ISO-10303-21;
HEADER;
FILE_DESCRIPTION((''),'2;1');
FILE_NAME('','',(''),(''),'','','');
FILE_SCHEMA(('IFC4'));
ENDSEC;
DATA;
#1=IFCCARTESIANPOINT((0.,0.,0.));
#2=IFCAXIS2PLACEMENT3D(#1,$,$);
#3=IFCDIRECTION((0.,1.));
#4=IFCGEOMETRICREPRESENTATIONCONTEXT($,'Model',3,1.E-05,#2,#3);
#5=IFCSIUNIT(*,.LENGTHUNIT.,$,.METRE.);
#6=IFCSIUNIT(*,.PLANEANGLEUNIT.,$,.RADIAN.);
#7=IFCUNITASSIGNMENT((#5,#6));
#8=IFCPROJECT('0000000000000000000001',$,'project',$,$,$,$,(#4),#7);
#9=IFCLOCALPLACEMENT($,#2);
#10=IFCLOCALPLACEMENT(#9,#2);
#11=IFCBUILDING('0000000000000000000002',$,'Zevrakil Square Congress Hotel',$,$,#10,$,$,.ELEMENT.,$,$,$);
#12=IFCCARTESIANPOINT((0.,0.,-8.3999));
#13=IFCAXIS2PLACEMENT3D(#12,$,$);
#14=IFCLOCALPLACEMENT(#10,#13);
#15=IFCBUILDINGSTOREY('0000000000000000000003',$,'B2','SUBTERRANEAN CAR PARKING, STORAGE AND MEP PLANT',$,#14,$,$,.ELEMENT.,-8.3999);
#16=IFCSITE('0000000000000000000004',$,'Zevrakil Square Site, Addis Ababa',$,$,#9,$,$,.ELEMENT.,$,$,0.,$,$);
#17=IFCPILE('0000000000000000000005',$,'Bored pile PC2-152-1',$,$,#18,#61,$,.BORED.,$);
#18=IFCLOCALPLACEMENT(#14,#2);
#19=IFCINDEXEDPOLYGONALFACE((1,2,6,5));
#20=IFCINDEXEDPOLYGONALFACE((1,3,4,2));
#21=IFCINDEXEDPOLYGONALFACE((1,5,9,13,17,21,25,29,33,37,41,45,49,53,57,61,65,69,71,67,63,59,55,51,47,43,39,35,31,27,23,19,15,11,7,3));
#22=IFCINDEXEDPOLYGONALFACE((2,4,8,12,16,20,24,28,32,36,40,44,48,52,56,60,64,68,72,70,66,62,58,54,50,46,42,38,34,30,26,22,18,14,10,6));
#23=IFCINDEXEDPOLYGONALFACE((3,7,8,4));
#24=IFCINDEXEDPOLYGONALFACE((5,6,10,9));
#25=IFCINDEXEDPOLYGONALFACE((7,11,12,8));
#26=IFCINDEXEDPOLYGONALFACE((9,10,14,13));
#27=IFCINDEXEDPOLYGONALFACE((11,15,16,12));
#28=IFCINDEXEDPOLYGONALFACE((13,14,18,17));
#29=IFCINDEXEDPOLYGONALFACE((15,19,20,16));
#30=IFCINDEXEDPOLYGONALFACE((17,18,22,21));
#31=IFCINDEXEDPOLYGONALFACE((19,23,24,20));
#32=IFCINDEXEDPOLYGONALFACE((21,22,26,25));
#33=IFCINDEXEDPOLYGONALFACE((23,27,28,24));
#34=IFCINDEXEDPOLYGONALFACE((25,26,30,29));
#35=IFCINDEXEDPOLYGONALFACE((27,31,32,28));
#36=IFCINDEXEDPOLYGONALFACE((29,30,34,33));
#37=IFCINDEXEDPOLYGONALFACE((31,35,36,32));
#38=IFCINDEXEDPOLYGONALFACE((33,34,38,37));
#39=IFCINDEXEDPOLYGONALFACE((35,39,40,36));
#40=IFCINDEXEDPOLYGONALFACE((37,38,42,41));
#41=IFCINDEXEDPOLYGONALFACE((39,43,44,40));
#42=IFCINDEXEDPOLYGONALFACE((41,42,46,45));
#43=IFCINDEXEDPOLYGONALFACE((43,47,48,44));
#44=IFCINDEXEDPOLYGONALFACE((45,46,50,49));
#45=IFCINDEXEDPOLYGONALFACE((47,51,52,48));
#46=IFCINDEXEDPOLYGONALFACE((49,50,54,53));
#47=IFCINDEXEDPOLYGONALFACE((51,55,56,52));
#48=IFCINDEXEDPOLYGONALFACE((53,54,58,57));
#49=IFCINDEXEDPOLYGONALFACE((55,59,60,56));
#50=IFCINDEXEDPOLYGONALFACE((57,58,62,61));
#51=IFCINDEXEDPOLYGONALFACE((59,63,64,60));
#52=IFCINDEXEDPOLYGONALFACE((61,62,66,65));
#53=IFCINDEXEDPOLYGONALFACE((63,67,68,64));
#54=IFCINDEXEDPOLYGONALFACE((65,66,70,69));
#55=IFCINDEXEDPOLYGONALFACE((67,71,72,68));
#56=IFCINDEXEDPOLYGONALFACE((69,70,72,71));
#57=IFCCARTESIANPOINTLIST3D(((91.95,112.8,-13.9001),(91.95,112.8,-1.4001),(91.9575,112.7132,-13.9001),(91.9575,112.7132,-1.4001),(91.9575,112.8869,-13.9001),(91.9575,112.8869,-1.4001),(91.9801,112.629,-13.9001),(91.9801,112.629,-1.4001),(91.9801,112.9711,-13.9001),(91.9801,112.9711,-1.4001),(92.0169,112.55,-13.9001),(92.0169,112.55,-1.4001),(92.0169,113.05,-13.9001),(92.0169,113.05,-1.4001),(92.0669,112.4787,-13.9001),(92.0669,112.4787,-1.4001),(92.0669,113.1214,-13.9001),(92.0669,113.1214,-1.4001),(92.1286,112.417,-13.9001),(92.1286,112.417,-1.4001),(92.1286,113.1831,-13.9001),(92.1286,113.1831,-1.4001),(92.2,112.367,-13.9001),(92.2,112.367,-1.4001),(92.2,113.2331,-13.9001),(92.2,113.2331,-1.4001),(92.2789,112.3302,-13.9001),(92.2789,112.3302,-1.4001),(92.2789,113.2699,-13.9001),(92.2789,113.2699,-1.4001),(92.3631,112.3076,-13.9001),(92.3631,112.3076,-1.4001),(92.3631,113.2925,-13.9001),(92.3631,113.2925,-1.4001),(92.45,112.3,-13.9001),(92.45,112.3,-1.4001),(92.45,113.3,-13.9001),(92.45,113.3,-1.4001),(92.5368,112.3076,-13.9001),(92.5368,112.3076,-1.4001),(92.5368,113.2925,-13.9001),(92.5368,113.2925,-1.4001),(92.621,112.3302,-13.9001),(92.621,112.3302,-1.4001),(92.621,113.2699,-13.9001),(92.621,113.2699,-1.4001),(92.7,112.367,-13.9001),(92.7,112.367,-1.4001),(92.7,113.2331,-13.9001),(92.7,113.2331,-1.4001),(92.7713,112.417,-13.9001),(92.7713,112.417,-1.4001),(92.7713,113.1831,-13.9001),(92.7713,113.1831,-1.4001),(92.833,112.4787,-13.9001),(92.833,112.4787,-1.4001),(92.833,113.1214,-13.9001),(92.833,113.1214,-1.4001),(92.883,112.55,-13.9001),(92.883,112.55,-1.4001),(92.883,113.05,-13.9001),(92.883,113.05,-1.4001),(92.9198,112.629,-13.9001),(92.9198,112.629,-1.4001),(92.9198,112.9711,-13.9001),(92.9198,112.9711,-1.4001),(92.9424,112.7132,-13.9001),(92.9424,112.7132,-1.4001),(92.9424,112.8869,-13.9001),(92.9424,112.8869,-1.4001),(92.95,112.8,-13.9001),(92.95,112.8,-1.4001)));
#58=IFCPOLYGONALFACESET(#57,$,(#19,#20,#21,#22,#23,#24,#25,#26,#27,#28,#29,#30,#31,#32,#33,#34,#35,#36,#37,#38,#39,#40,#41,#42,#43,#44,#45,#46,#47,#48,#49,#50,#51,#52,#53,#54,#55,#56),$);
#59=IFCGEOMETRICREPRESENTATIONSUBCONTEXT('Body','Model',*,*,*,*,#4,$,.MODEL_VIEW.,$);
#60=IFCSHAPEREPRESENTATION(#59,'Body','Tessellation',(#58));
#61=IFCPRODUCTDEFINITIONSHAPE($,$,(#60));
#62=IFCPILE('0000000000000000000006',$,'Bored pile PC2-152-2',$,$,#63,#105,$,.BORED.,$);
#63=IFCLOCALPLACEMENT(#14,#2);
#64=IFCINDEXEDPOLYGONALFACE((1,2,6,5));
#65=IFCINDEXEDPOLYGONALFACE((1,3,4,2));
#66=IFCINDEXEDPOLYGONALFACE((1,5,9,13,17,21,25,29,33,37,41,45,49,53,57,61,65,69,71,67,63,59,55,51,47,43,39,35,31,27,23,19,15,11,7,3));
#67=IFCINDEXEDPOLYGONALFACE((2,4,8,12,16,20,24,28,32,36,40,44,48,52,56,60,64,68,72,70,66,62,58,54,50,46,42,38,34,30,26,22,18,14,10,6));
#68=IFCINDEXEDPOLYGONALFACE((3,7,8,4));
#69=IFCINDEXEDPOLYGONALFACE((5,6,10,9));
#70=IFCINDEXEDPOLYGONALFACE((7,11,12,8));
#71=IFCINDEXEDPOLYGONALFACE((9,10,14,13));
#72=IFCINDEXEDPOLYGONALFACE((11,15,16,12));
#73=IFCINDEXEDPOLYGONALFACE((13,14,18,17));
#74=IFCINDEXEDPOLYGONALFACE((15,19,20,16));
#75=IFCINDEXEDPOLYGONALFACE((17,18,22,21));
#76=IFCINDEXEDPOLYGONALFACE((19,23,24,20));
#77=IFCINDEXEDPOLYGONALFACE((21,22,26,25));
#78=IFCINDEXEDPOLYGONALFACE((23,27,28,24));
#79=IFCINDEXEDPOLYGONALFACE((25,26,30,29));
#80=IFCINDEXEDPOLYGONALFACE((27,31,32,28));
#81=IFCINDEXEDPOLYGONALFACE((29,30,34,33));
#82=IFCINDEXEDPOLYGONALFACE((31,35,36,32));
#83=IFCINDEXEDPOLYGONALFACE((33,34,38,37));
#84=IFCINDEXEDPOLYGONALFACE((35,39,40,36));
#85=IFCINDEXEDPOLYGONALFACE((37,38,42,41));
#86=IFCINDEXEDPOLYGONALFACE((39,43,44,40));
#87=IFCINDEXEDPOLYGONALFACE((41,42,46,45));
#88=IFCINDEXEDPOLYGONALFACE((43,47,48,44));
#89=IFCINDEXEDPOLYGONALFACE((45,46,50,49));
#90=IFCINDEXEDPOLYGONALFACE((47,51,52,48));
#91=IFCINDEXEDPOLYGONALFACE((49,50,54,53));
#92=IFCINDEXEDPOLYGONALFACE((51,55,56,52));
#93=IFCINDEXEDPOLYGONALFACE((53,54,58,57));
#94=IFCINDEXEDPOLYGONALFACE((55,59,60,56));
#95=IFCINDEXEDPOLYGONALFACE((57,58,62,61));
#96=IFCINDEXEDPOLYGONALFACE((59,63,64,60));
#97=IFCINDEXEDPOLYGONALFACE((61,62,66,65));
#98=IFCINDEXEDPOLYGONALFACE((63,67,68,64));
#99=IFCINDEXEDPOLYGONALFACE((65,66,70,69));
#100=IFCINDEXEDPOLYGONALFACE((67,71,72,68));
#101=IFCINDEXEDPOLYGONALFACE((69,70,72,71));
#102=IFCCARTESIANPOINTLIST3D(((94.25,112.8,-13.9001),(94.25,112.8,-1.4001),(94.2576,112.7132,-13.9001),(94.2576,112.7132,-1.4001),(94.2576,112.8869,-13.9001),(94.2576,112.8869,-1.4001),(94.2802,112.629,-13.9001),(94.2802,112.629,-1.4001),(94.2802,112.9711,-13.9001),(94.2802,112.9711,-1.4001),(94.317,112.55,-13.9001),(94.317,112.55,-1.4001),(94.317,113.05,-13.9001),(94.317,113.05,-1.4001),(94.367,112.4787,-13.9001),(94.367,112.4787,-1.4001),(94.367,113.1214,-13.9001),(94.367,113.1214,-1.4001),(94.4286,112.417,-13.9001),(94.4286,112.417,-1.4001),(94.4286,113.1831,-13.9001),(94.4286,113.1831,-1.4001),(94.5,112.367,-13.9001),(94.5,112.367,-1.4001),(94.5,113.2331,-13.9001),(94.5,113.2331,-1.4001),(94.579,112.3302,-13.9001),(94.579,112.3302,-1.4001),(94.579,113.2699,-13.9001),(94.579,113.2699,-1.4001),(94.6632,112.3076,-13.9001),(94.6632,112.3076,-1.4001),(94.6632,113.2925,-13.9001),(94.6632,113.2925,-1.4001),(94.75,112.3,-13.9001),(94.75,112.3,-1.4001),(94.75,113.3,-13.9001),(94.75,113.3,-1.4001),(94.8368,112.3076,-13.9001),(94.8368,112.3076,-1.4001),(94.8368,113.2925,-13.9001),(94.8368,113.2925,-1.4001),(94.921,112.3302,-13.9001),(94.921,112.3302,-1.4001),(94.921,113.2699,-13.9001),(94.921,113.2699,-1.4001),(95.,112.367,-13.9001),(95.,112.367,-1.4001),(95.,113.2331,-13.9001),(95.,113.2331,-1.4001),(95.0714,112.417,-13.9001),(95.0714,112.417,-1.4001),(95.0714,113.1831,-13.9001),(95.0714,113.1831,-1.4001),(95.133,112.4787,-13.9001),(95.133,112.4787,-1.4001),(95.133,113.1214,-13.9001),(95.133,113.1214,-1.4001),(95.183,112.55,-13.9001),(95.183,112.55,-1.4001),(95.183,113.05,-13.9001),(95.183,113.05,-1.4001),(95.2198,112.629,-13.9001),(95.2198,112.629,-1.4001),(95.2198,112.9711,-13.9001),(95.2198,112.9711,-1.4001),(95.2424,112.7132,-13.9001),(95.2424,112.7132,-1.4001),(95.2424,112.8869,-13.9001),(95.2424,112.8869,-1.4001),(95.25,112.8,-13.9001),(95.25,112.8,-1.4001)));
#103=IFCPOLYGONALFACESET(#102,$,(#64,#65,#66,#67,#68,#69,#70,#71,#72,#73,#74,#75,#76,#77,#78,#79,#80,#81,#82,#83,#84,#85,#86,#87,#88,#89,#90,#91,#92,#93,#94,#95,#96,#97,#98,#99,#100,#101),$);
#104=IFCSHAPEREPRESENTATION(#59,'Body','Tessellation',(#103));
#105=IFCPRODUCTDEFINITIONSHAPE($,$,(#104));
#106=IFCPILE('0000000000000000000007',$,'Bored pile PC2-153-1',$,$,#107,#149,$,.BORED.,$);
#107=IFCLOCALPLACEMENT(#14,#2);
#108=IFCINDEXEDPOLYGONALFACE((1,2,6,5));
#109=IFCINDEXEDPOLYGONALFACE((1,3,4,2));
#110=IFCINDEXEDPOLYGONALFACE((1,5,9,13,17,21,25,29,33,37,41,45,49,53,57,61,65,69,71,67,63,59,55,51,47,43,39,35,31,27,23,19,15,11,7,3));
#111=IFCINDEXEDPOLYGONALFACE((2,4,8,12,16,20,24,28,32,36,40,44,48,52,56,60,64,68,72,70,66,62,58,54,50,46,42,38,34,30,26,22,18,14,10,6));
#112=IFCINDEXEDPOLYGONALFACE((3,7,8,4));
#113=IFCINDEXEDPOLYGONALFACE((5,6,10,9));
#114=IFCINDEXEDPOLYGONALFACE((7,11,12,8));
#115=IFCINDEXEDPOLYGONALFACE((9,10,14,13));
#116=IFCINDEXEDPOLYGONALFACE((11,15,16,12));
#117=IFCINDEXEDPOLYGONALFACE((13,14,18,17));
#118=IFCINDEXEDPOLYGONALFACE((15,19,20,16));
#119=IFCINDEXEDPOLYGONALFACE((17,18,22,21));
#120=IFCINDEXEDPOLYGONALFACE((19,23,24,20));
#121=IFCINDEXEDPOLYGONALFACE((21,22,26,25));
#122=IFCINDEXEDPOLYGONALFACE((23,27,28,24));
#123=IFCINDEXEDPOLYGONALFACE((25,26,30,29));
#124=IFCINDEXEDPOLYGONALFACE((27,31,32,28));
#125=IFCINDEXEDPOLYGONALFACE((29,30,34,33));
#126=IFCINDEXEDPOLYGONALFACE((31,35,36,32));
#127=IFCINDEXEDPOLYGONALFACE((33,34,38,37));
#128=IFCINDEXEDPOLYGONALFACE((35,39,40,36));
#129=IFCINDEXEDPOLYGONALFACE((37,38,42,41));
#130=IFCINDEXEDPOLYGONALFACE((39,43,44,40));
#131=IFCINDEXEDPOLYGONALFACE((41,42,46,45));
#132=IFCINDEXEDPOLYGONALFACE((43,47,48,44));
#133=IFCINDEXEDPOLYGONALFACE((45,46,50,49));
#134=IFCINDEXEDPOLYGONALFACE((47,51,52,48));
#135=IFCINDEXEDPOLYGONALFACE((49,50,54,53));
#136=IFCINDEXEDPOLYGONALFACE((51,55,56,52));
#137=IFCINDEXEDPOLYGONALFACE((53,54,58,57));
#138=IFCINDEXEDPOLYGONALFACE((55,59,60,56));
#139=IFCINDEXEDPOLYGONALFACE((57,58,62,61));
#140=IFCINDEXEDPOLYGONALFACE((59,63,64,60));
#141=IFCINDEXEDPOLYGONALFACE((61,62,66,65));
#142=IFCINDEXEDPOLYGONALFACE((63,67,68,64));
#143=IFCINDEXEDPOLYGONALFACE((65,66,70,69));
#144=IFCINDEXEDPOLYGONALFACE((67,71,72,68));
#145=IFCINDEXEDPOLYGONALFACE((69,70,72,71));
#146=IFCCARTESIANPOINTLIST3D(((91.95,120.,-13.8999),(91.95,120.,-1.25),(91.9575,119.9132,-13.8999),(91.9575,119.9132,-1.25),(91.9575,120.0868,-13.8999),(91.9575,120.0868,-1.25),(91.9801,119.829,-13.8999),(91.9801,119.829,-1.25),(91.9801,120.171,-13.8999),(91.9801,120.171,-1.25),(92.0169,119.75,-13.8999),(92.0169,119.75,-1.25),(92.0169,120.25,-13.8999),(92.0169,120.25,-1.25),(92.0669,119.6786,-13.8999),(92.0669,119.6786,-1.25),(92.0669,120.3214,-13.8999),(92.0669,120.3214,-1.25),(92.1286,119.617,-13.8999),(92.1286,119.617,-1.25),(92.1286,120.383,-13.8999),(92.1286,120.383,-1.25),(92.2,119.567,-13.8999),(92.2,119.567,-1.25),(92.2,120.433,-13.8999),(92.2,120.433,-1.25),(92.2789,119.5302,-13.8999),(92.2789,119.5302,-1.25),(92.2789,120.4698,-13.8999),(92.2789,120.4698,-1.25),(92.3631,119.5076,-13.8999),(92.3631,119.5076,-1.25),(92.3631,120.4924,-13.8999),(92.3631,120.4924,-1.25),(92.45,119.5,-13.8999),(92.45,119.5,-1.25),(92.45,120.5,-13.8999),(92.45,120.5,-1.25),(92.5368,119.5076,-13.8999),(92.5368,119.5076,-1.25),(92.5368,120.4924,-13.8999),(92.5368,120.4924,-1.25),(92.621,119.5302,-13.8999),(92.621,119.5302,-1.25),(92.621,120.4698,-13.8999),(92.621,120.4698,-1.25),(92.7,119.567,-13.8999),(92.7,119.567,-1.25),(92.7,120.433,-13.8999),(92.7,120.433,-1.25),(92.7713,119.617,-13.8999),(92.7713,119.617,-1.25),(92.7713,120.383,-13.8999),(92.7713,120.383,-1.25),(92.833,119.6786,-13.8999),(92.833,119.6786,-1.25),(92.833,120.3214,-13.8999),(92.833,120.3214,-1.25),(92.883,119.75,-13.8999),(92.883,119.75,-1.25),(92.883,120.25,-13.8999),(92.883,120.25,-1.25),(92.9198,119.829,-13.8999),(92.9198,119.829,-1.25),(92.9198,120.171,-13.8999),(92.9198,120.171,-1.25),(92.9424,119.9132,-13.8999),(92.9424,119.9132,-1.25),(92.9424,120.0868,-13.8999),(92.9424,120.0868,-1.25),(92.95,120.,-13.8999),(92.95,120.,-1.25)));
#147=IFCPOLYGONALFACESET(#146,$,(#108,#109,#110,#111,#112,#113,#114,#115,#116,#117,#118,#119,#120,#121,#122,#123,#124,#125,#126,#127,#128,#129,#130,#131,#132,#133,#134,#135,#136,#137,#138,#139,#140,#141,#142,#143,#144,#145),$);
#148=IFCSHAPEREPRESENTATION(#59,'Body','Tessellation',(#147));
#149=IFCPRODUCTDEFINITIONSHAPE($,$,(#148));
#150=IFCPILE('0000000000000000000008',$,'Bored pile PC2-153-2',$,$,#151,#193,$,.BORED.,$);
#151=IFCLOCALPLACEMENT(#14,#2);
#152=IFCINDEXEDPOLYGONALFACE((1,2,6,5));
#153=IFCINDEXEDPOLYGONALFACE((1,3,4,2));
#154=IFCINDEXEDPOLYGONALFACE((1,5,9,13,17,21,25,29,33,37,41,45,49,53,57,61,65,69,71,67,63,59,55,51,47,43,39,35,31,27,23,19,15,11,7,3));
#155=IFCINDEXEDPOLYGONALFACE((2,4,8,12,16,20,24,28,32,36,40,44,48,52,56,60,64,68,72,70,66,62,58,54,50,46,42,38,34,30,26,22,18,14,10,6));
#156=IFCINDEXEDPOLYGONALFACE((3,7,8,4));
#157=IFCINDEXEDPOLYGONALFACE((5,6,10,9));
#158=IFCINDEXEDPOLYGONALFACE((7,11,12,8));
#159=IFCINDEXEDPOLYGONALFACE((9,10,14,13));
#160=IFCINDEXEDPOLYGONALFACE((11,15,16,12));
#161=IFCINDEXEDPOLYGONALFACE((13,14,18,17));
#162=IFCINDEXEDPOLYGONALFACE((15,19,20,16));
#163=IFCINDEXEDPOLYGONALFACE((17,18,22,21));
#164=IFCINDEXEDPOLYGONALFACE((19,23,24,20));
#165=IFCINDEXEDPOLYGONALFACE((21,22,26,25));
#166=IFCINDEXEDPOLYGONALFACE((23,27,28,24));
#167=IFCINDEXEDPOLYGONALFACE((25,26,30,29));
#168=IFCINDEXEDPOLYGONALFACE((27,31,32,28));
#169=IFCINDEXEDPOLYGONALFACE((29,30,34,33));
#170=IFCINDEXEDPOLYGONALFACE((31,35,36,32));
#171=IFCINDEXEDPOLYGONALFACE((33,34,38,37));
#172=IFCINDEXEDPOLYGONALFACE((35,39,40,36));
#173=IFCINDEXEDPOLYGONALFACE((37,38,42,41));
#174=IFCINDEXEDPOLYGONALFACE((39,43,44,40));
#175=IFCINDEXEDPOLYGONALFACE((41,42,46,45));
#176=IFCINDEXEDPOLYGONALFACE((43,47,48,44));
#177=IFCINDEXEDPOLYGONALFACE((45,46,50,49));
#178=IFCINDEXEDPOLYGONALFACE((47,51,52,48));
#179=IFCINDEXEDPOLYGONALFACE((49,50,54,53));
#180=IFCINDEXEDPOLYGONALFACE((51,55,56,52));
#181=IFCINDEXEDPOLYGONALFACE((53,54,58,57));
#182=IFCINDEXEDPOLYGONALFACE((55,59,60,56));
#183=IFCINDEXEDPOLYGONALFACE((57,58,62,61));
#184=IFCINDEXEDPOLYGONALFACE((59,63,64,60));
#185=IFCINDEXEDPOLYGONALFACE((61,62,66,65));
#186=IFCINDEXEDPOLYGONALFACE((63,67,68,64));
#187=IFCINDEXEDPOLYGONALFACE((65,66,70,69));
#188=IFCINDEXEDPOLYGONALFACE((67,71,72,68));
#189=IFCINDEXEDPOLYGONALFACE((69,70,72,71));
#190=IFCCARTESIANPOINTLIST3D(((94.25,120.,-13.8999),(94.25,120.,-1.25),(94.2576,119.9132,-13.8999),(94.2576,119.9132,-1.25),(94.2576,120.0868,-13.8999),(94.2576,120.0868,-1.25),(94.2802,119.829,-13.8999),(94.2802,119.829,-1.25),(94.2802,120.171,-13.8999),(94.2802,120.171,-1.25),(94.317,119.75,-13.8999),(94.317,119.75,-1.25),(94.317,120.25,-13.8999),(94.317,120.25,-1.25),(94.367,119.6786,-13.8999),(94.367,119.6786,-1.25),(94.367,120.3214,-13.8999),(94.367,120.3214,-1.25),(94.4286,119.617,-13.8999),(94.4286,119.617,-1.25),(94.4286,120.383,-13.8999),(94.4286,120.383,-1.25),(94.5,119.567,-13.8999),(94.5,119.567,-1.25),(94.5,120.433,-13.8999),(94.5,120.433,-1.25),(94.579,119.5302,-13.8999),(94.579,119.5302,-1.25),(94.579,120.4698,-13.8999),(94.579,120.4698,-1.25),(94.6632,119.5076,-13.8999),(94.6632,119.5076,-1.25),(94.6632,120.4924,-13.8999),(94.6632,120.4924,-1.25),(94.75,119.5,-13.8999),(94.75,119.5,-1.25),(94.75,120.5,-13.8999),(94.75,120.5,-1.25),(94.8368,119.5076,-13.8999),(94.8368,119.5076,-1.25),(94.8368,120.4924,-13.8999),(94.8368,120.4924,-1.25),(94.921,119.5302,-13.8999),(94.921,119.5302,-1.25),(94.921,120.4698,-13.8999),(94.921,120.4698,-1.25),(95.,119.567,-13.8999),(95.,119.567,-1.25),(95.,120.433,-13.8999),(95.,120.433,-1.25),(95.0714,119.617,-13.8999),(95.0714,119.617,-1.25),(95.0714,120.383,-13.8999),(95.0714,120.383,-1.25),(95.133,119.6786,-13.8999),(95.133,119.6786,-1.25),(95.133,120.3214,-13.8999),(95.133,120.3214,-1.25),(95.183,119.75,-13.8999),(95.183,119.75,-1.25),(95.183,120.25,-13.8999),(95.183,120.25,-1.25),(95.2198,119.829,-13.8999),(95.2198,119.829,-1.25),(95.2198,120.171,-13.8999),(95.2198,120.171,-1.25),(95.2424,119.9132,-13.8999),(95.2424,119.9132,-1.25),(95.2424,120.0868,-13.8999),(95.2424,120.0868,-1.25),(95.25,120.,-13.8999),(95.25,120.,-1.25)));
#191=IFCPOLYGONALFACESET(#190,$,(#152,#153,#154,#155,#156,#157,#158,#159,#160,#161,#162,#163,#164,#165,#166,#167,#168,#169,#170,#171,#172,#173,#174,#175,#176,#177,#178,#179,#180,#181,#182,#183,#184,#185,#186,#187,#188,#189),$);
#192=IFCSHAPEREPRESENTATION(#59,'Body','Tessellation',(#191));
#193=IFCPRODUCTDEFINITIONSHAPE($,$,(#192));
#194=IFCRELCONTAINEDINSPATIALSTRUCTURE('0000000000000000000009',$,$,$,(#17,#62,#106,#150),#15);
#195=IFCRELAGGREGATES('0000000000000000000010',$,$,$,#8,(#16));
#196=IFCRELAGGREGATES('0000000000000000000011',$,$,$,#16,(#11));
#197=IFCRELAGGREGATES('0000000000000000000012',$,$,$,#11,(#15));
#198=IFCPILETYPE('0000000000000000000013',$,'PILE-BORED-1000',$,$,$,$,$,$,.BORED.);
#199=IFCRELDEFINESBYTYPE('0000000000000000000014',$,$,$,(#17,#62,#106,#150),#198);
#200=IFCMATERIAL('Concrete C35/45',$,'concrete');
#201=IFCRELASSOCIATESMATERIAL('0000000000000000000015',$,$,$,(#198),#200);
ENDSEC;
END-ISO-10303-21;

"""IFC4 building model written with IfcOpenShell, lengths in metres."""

from ifc_helpers import new_model, si_unit, direction, frame, origin, origin_2d, place, context, subcontext, project, spatial, circle, extrude, material, material_profile, profile_set, type_object, element, save


model = new_model("IFC4")

# Units and contexts
model_context = context("Model", 3, precision=1e-05, world=origin(), true_north=direction((0.0, 1.0)))
body_context = subcontext(model_context, "Body", "Model", "MODEL_VIEW")
ifc_project = project(units=[si_unit("LENGTHUNIT", "METRE"), si_unit("PLANEANGLEUNIT", "RADIAN")], contexts=[model_context])

# Site, building, storey
site_placement = place(None, origin())
site = spatial("IfcSite", under=ifc_project, at=site_placement, Name="Zevrakil Square Site, Addis Ababa", CompositionType="ELEMENT", RefElevation=0.0)
building_placement = place(site_placement, origin())
building = spatial("IfcBuilding", under=site, at=building_placement, Name="Zevrakil Square Congress Hotel", CompositionType="ELEMENT")
storey_placement = place(building_placement, frame((0.0, 0.0, -8.3999)))
storey = spatial("IfcBuildingStorey", under=building, at=storey_placement, Name="B2", Description="SUBTERRANEAN CAR PARKING, STORAGE AND MEP PLANT", CompositionType="ELEMENT", Elevation=-8.3999)

# Piles
ifc_material_1 = material(Name="Concrete C35/45", Category="concrete")
ifc_material_profile_1 = material_profile(ifc_material_1, circle(Radius=0.5, at=origin_2d()), Name="PILE D1000")
ifc_profile_set_1 = profile_set([ifc_material_profile_1], Name="Concrete C35/45")
pile_type = type_object("IfcPileType", Name="PILE-BORED-1000", PredefinedType="BORED", material=ifc_profile_set_1)
for number, where, z_axis, x_axis, name in (
    (1, (92.45, 112.8, -1.4001), (0.0, 0.0, -1.0), (1.0, 0.0, 0.0), "Bored pile PC2-152-1"),
    (2, (94.75, 112.8, -1.4001), (0.0, 0.0, -1.0), (1.0, 0.0, 0.0), "Bored pile PC2-152-2"),
):
    element("IfcPile", number, at=place(storey_placement, frame(where, z_axis=z_axis, x_axis=x_axis)), inside=storey, type_object=pile_type, Name=name, PredefinedType="BORED", context=body_context, shape_type="SweptSolid", body=[
        extrude(circle(Radius=0.5, at=origin_2d()), origin(), (0.0, 0.0, 1.0), 12.5),
    ])
for number, where, z_axis, x_axis, name in (
    (3, (92.45, 120.0, -1.25), (0.0, 0.0, -1.0), (1.0, 0.0, 0.0), "Bored pile PC2-153-1"),
    (4, (94.75, 120.0, -1.25), (0.0, 0.0, -1.0), (1.0, 0.0, 0.0), "Bored pile PC2-153-2"),
):
    element("IfcPile", number, at=place(storey_placement, frame(where, z_axis=z_axis, x_axis=x_axis)), inside=storey, type_object=pile_type, Name=name, PredefinedType="BORED", context=body_context, shape_type="SweptSolid", body=[
        extrude(circle(Radius=0.5, at=origin_2d()), origin(), (0.0, 0.0, 1.0), 12.6499),
    ])

save(model, "model.ifc")
